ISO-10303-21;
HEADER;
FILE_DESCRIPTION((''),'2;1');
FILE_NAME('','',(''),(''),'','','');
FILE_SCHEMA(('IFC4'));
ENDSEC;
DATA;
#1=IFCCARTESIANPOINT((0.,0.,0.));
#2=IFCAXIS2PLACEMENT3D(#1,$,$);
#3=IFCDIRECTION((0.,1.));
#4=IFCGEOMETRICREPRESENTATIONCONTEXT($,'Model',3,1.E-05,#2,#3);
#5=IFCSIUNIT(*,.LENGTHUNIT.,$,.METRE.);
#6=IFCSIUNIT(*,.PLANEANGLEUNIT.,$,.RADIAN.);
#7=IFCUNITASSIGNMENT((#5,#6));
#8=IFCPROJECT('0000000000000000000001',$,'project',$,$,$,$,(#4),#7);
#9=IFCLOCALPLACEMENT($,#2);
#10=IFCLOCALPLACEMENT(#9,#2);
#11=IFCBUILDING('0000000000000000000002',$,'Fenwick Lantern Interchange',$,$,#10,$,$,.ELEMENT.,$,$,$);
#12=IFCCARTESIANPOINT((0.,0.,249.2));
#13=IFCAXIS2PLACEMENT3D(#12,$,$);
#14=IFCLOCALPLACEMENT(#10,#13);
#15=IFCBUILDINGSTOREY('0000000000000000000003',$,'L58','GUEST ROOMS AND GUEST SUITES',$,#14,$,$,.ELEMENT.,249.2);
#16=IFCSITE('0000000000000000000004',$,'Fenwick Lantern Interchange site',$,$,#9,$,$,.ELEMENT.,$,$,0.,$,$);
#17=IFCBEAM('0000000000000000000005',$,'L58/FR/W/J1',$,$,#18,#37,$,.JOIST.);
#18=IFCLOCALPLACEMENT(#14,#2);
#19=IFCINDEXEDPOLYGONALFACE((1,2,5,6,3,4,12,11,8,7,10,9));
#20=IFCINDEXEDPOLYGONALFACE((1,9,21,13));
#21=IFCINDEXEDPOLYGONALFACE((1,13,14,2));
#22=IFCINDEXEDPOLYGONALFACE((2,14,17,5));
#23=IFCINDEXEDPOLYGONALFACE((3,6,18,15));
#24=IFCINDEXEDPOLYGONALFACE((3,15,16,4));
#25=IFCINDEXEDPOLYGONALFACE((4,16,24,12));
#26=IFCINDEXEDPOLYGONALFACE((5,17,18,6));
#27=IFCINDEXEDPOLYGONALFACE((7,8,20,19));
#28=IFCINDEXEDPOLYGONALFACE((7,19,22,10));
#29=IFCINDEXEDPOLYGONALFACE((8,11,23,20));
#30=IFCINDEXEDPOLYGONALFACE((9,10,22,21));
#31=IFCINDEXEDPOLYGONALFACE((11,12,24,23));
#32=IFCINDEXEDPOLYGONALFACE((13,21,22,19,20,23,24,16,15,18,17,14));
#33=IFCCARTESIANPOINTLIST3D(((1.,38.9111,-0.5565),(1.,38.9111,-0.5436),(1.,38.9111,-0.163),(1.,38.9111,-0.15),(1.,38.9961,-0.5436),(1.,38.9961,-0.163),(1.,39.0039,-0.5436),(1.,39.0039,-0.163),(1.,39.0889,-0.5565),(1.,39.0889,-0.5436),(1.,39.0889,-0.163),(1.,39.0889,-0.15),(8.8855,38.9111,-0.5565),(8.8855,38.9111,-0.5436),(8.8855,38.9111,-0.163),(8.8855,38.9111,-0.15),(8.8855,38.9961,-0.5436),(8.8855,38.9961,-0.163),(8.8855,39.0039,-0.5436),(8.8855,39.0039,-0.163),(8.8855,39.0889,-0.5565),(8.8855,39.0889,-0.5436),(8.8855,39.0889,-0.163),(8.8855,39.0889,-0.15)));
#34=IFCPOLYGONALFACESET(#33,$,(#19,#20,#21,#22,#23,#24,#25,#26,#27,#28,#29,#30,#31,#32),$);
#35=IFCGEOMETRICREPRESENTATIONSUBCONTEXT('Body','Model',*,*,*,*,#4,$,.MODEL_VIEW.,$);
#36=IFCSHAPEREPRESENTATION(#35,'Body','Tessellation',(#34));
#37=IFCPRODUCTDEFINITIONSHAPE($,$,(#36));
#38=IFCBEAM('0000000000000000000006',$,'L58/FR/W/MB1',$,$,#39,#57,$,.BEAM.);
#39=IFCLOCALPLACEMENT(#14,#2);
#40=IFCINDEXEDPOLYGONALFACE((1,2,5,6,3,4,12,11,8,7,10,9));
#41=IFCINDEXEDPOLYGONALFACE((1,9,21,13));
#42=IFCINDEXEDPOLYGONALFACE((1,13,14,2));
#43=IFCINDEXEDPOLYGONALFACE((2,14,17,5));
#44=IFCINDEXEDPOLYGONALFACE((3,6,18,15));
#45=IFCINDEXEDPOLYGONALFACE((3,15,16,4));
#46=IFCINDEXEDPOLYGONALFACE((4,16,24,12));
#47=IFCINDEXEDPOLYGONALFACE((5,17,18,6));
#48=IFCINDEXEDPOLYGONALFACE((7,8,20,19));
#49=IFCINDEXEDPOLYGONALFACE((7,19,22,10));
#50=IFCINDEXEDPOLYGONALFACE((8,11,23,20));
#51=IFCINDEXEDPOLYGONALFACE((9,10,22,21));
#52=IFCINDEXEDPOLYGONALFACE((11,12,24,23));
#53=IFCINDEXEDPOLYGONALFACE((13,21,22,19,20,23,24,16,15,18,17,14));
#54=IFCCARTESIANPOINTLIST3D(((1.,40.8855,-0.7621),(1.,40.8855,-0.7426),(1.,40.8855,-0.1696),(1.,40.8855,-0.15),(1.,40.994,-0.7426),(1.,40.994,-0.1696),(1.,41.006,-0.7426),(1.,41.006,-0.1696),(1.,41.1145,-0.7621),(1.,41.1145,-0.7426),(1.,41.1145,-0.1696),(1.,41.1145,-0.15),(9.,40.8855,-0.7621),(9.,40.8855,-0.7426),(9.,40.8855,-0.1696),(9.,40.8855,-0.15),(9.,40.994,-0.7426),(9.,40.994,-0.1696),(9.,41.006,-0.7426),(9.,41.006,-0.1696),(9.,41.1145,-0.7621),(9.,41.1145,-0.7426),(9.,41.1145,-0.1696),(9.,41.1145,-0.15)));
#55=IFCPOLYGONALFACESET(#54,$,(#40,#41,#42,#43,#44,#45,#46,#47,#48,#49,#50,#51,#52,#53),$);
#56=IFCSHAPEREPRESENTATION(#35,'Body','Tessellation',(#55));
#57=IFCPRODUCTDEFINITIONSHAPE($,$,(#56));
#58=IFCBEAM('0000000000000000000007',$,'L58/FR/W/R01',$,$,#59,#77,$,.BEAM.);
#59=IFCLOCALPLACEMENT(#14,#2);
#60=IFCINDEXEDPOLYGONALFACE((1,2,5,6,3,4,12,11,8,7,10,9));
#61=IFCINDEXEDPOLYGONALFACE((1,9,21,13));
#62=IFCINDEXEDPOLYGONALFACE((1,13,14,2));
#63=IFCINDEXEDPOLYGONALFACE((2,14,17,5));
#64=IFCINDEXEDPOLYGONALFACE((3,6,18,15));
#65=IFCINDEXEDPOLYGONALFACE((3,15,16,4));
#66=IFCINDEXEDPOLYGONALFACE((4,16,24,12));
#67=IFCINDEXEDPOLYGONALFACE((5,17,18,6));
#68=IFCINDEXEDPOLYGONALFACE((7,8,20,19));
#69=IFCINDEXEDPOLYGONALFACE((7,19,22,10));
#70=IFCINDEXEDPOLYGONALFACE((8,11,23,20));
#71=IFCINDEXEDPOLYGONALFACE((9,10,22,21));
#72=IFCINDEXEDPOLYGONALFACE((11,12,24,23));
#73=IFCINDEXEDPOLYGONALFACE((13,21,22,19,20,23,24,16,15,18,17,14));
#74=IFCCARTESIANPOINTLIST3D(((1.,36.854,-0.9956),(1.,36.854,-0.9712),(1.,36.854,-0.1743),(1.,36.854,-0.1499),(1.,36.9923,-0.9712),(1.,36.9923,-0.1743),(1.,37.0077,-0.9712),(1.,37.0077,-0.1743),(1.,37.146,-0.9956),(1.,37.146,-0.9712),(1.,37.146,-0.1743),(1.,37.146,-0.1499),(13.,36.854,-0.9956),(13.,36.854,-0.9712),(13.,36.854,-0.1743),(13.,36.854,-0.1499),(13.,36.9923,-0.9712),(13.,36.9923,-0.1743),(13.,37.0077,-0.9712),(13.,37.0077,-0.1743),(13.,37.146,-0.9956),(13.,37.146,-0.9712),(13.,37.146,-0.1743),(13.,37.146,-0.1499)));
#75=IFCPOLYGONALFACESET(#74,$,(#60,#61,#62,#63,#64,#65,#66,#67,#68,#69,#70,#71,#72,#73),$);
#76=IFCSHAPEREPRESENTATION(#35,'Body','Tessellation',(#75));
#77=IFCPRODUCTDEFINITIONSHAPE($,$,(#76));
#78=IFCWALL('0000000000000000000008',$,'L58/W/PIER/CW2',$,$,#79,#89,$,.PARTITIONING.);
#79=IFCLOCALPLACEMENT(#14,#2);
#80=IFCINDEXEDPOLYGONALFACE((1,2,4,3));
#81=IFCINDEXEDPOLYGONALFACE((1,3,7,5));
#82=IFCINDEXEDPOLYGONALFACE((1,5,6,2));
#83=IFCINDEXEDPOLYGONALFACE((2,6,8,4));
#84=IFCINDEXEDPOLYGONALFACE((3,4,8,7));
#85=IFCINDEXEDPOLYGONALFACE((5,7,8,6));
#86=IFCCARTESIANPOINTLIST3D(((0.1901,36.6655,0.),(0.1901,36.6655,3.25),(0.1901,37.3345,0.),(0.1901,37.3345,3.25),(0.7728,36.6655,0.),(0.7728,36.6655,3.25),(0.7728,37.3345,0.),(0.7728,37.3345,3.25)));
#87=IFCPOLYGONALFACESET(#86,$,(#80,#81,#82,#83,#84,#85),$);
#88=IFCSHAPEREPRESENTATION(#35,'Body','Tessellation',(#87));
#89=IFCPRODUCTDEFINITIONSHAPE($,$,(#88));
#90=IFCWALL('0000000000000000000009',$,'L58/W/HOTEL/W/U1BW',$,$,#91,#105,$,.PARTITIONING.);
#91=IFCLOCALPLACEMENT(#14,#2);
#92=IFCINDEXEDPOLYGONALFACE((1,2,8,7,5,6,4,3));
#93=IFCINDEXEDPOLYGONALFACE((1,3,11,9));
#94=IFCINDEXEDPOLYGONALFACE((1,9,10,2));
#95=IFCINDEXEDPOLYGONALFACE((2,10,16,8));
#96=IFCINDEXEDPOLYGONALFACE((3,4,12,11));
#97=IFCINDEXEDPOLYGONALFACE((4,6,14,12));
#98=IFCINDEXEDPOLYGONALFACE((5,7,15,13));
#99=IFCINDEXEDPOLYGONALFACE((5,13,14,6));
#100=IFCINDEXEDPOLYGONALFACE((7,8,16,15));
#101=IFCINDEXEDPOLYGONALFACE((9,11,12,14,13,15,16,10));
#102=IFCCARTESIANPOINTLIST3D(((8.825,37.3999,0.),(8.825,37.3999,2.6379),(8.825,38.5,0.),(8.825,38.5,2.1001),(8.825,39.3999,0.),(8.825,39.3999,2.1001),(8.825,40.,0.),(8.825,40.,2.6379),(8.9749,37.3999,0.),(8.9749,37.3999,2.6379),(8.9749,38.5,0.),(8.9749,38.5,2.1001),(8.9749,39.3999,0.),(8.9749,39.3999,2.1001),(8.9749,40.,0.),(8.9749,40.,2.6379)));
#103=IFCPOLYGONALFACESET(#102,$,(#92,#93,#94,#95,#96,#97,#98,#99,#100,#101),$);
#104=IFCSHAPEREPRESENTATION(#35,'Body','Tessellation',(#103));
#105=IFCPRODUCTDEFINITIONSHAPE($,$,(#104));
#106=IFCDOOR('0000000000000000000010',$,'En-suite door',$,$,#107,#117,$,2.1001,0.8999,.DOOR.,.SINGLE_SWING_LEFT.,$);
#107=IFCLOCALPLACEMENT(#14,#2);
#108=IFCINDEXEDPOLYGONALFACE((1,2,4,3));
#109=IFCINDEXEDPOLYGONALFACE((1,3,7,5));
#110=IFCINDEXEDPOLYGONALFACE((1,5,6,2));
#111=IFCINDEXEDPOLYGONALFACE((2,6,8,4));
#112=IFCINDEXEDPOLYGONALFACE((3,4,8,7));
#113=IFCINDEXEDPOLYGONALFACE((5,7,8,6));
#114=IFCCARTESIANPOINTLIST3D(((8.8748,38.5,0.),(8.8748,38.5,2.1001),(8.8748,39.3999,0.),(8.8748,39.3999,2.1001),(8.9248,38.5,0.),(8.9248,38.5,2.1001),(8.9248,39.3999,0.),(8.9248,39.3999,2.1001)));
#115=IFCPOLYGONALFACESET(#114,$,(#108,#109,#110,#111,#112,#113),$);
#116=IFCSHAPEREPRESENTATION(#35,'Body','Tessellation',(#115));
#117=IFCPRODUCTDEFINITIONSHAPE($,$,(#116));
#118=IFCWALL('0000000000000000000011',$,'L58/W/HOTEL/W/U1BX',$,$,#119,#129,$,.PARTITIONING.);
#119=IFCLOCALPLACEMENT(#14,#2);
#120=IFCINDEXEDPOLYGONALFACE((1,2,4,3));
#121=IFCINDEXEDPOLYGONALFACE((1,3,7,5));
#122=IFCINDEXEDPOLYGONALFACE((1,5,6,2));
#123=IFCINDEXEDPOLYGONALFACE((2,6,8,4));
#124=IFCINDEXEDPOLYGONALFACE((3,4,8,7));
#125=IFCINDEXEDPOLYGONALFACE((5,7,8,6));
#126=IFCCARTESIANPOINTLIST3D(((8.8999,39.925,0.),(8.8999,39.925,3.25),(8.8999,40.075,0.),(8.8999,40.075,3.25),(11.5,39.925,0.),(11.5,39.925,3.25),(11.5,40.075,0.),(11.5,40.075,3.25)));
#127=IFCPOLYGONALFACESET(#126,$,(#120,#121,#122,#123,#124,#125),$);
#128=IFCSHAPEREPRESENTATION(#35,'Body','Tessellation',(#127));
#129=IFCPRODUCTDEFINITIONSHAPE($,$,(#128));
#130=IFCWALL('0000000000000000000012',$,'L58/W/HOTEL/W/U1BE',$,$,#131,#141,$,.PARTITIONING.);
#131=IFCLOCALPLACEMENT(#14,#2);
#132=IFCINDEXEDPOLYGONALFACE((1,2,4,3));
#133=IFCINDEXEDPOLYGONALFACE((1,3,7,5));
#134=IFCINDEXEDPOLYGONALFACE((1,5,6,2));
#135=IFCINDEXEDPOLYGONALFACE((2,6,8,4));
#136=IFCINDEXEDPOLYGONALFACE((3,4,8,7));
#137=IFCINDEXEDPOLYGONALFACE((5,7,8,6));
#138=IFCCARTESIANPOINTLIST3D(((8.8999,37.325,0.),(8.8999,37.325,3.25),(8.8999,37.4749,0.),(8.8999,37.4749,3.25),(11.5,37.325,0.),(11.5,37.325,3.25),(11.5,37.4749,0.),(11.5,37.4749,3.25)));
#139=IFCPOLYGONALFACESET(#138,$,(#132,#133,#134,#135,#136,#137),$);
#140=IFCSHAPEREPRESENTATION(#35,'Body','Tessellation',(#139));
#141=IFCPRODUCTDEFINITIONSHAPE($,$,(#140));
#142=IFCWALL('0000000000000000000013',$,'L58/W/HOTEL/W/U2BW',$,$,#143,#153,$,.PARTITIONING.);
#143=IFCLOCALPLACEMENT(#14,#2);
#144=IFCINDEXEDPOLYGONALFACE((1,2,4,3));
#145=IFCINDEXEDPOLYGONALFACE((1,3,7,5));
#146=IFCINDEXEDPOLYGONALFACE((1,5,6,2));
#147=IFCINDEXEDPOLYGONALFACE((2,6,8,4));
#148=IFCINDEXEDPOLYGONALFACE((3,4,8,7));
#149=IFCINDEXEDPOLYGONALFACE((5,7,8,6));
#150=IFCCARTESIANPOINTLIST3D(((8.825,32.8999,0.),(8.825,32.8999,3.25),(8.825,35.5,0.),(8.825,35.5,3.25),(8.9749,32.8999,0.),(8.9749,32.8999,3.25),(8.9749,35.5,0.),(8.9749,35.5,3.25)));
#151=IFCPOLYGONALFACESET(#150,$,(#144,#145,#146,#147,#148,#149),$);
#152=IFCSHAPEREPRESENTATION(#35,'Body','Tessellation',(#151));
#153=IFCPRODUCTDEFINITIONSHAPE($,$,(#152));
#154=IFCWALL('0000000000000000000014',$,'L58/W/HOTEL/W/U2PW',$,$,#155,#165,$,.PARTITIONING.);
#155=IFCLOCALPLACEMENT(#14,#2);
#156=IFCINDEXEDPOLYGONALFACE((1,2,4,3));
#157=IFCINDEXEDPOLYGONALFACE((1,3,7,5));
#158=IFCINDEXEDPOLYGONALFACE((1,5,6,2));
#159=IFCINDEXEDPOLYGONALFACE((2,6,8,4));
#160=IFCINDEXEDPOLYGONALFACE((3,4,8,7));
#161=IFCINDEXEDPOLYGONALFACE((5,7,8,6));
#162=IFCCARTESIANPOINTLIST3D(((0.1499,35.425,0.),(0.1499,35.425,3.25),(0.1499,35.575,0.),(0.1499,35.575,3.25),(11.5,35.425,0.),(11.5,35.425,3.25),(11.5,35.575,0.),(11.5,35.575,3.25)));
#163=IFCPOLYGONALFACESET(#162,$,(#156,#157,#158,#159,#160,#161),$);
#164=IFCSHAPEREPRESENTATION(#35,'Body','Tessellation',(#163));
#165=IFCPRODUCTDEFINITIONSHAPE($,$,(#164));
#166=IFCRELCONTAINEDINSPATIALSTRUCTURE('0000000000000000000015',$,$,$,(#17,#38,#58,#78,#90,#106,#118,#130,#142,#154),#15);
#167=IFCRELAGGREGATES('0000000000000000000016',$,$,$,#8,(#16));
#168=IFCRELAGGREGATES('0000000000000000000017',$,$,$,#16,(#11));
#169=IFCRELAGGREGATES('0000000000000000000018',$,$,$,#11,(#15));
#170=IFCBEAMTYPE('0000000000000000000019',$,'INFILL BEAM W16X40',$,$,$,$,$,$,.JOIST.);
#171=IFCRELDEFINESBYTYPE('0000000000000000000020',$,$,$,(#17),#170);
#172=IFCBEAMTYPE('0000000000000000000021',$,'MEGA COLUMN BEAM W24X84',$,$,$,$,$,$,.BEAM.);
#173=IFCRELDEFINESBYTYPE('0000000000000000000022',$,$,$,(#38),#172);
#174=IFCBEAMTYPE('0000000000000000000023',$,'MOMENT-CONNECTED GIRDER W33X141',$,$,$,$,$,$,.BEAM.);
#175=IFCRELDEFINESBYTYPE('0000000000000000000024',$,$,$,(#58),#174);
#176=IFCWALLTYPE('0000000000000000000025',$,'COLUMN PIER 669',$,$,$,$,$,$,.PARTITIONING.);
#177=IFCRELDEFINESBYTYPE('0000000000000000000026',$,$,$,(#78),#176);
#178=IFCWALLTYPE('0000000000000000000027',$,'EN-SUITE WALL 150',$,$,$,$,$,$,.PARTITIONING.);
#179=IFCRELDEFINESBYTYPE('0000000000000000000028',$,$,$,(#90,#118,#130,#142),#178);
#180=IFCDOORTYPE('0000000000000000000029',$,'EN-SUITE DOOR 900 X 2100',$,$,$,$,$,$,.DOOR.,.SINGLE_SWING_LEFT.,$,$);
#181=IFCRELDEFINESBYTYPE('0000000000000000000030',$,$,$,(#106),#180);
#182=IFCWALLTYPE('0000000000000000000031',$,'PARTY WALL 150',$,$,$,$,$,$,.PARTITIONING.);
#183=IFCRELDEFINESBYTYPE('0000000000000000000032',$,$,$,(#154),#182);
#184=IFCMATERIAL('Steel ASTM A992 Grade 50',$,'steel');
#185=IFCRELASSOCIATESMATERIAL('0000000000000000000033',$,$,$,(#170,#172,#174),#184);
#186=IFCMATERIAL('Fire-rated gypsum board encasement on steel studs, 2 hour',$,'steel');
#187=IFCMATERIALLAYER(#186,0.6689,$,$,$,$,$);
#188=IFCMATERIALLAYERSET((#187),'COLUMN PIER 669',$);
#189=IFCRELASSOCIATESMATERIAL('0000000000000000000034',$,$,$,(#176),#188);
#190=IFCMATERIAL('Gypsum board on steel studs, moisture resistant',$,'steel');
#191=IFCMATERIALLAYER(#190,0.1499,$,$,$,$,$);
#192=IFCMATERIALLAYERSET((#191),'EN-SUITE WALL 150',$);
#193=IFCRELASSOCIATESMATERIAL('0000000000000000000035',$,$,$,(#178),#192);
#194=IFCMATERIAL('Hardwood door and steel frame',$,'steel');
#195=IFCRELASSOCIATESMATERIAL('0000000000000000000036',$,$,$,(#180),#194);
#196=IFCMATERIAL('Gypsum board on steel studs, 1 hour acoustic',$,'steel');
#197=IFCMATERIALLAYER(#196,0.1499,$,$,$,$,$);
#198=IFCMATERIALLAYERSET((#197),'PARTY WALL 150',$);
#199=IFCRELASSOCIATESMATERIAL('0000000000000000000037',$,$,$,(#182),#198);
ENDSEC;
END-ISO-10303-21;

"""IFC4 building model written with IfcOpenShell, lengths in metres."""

from ifc_helpers import new_model, si_unit, direction, frame, frame_2d, origin, origin_2d, place, context, subcontext, project, spatial, rectangle, i_section, extrude, material, layer, layer_set, material_profile, profile_set, type_object, element, fill, save


model = new_model("IFC4")

# Units and contexts
model_context = context("Model", 3, precision=1e-05, world=origin(), true_north=direction((0.0, 1.0)))
body_context = subcontext(model_context, "Body", "Model", "MODEL_VIEW")
ifc_project = project(units=[si_unit("LENGTHUNIT", "METRE"), si_unit("PLANEANGLEUNIT", "RADIAN")], contexts=[model_context])

# Site, building, storey
site_placement = place(None, origin())
site = spatial("IfcSite", under=ifc_project, at=site_placement, Name="Fenwick Lantern Interchange site", CompositionType="ELEMENT", RefElevation=0.0)
building_placement = place(site_placement, origin())
building = spatial("IfcBuilding", under=site, at=building_placement, Name="Fenwick Lantern Interchange", CompositionType="ELEMENT")
storey_placement = place(building_placement, frame((0.0, 0.0, 249.2)))
storey = spatial("IfcBuildingStorey", under=building, at=storey_placement, Name="L58", Description="GUEST ROOMS AND GUEST SUITES", CompositionType="ELEMENT", Elevation=249.2)

# Shared definitions
ifc_material_1 = material(Name="Steel ASTM A992 Grade 50", Category="steel")

# Beams
ifc_material_profile_1 = material_profile(ifc_material_1, i_section(OverallWidth=0.1777, OverallDepth=0.4065, WebThickness=0.0078, FlangeThickness=0.0129, at=origin_2d()), Name="W16X40")
ifc_profile_set_1 = profile_set([ifc_material_profile_1], Name="Steel ASTM A992 Grade 50")
beam_type_1 = type_object("IfcBeamType", Name="INFILL BEAM W16X40", PredefinedType="JOIST", material=ifc_profile_set_1)
beam_1_placement = place(storey_placement, frame((1.0, 39.0, -0.3533), z_axis=(1.0, 0.0, 0.0), x_axis=(0.0, 1.0, 0.0)))
element("IfcBeam", 1, at=beam_1_placement, inside=storey, type_object=beam_type_1, Name="L58/FR/W/J1", PredefinedType="JOIST", context=body_context, shape_type="SweptSolid", body=[
    extrude(i_section(OverallWidth=0.1777, OverallDepth=0.4065, WebThickness=0.0078, FlangeThickness=0.0129, at=origin_2d()), origin(), (0.0, 0.0, 1.0), 7.8855),
])
ifc_material_profile_2 = material_profile(ifc_material_1, i_section(OverallWidth=0.229, OverallDepth=0.6121, WebThickness=0.012, FlangeThickness=0.0195, at=origin_2d()), Name="W24X84")
ifc_profile_set_2 = profile_set([ifc_material_profile_2], Name="Steel ASTM A992 Grade 50")
beam_type_2 = type_object("IfcBeamType", Name="MEGA COLUMN BEAM W24X84", PredefinedType="BEAM", material=ifc_profile_set_2)
beam_2_placement = place(storey_placement, frame((9.0, 41.0, -0.4561), z_axis=(-1.0, 0.0, 0.0), x_axis=(0.0, -1.0, 0.0)))
element("IfcBeam", 2, at=beam_2_placement, inside=storey, type_object=beam_type_2, Name="L58/FR/W/MB1", PredefinedType="BEAM", context=body_context, shape_type="SweptSolid", body=[
    extrude(i_section(OverallWidth=0.229, OverallDepth=0.6121, WebThickness=0.012, FlangeThickness=0.0195, at=origin_2d()), origin(), (0.0, 0.0, 1.0), 8.0),
])
ifc_material_profile_3 = material_profile(ifc_material_1, i_section(OverallWidth=0.292, OverallDepth=0.8457, WebThickness=0.0154, FlangeThickness=0.0244, at=origin_2d()), Name="W33X141")
ifc_profile_set_3 = profile_set([ifc_material_profile_3], Name="Steel ASTM A992 Grade 50")
beam_type_3 = type_object("IfcBeamType", Name="MOMENT-CONNECTED GIRDER W33X141", PredefinedType="BEAM", material=ifc_profile_set_3)
beam_3_placement = place(storey_placement, frame((1.0, 37.0, -0.5728), z_axis=(1.0, 0.0, 0.0), x_axis=(0.0, 1.0, 0.0)))
element("IfcBeam", 3, at=beam_3_placement, inside=storey, type_object=beam_type_3, Name="L58/FR/W/R01", PredefinedType="BEAM", context=body_context, shape_type="SweptSolid", body=[
    extrude(i_section(OverallWidth=0.292, OverallDepth=0.8457, WebThickness=0.0154, FlangeThickness=0.0244, at=origin_2d()), origin(), (0.0, 0.0, 1.0), 12.0),
])

# Wall
ifc_material_2 = material(Name="Fire-rated gypsum board encasement on steel studs, 2 hour", Category="steel")
ifc_layer_1 = layer(ifc_material_2, 0.6689)
ifc_layer_set_1 = layer_set([ifc_layer_1], Name="COLUMN PIER 669")
wall_type_1 = type_object("IfcWallType", Name="COLUMN PIER 669", PredefinedType="PARTITIONING", material=ifc_layer_set_1)
wall_1_placement = place(storey_placement, frame((0.1899, 37.0, 0.0), z_axis=(0.0, 0.0, 1.0), x_axis=(1.0, 0.0, 0.0)))
element("IfcWall", 4, at=wall_1_placement, inside=storey, type_object=wall_type_1, Name="L58/W/PIER/CW2", PredefinedType="PARTITIONING", context=body_context, shape_type="SweptSolid", body=[
    extrude(rectangle(XDim=0.5828, YDim=0.6689, at=frame_2d((0.2915, 0.0))), origin(), (0.0, 0.0, 1.0), 3.25),
])

# Wall, opening, door
ifc_material_3 = material(Name="Gypsum board on steel studs, moisture resistant", Category="steel")
ifc_layer_2 = layer(ifc_material_3, 0.1499)
ifc_layer_set_2 = layer_set([ifc_layer_2], Name="EN-SUITE WALL 150")
wall_type_2 = type_object("IfcWallType", Name="EN-SUITE WALL 150", PredefinedType="PARTITIONING", material=ifc_layer_set_2)
wall_2_placement = place(storey_placement, frame((8.8999, 40.0, 0.0), z_axis=(0.0, 0.0, 1.0), x_axis=(0.0, -1.0, 0.0)))
wall_2 = element("IfcWall", 5, at=wall_2_placement, inside=storey, type_object=wall_type_2, Name="L58/W/HOTEL/W/U1BW", PredefinedType="PARTITIONING", context=body_context, shape_type="SweptSolid", body=[
    extrude(rectangle(XDim=2.6001, YDim=0.1499, at=frame_2d((1.3, 0.0))), origin(), (0.0, 0.0, 1.0), 2.6379),
])
opening_placement = place(wall_2_placement, frame((0.6001, 0.0, 0.0)))
opening = element("IfcOpeningElement", 6, at=opening_placement, cuts=wall_2, PredefinedType="OPENING", context=body_context, shape_type="SweptSolid", body=[
    extrude(rectangle(XDim=0.8999, YDim=2.1001, at=frame_2d((0.45, 1.05))), frame((0.0, 0.085, 0.0), z_axis=(0.0, -1.0, 0.0), x_axis=(1.0, 0.0, 0.0)), (0.0, 0.0, 1.0), 0.1699),
])
ifc_material_4 = material(Name="Hardwood door and steel frame", Category="steel")
door_type = type_object("IfcDoorType", Name="EN-SUITE DOOR 900 X 2100", OperationType="SINGLE_SWING_LEFT", PredefinedType="DOOR", material=ifc_material_4)
door_placement = place(opening_placement, origin())
door = element("IfcDoor", 7, at=door_placement, inside=storey, type_object=door_type, Name="En-suite door", OperationType="SINGLE_SWING_LEFT", OverallHeight=2.1001, OverallWidth=0.8999, PredefinedType="DOOR", context=body_context, shape_type="SweptSolid", body=[
    extrude(rectangle(XDim=0.8999, YDim=2.1001, at=frame_2d((0.45, 1.05))), frame((0.0, 0.0249, 0.0), z_axis=(0.0, -1.0, 0.0), x_axis=(1.0, 0.0, 0.0)), (0.0, 0.0, 1.0), 0.05),
])
fill(opening, door)

# Walls
for number, where, z_axis, x_axis, name in (
    (8, (8.8999, 40.0, 0.0), (0.0, 0.0, 1.0), (1.0, 0.0, 0.0), "L58/W/HOTEL/W/U1BX"),
    (9, (8.8999, 37.3999, 0.0), (0.0, 0.0, 1.0), (1.0, 0.0, 0.0), "L58/W/HOTEL/W/U1BE"),
    (10, (8.8999, 35.5, 0.0), (0.0, 0.0, 1.0), (0.0, -1.0, 0.0), "L58/W/HOTEL/W/U2BW"),
):
    element("IfcWall", number, at=place(storey_placement, frame(where, z_axis=z_axis, x_axis=x_axis)), inside=storey, type_object=wall_type_2, Name=name, PredefinedType="PARTITIONING", context=body_context, shape_type="SweptSolid", body=[
        extrude(rectangle(XDim=2.6001, YDim=0.1499, at=frame_2d((1.3, 0.0))), origin(), (0.0, 0.0, 1.0), 3.25),
    ])
ifc_material_5 = material(Name="Gypsum board on steel studs, 1 hour acoustic", Category="steel")
ifc_layer_3 = layer(ifc_material_5, 0.1499)
ifc_layer_set_3 = layer_set([ifc_layer_3], Name="PARTY WALL 150")
wall_type_3 = type_object("IfcWallType", Name="PARTY WALL 150", PredefinedType="PARTITIONING", material=ifc_layer_set_3)
wall_3_placement = place(storey_placement, frame((0.1499, 35.5, 0.0), z_axis=(0.0, 0.0, 1.0), x_axis=(1.0, 0.0, 0.0)))
element("IfcWall", 11, at=wall_3_placement, inside=storey, type_object=wall_type_3, Name="L58/W/HOTEL/W/U2PW", PredefinedType="PARTITIONING", context=body_context, shape_type="SweptSolid", body=[
    extrude(rectangle(XDim=11.3501, YDim=0.1499, at=frame_2d((5.675, 0.0))), origin(), (0.0, 0.0, 1.0), 3.25),
])

save(model, "model.ifc")
